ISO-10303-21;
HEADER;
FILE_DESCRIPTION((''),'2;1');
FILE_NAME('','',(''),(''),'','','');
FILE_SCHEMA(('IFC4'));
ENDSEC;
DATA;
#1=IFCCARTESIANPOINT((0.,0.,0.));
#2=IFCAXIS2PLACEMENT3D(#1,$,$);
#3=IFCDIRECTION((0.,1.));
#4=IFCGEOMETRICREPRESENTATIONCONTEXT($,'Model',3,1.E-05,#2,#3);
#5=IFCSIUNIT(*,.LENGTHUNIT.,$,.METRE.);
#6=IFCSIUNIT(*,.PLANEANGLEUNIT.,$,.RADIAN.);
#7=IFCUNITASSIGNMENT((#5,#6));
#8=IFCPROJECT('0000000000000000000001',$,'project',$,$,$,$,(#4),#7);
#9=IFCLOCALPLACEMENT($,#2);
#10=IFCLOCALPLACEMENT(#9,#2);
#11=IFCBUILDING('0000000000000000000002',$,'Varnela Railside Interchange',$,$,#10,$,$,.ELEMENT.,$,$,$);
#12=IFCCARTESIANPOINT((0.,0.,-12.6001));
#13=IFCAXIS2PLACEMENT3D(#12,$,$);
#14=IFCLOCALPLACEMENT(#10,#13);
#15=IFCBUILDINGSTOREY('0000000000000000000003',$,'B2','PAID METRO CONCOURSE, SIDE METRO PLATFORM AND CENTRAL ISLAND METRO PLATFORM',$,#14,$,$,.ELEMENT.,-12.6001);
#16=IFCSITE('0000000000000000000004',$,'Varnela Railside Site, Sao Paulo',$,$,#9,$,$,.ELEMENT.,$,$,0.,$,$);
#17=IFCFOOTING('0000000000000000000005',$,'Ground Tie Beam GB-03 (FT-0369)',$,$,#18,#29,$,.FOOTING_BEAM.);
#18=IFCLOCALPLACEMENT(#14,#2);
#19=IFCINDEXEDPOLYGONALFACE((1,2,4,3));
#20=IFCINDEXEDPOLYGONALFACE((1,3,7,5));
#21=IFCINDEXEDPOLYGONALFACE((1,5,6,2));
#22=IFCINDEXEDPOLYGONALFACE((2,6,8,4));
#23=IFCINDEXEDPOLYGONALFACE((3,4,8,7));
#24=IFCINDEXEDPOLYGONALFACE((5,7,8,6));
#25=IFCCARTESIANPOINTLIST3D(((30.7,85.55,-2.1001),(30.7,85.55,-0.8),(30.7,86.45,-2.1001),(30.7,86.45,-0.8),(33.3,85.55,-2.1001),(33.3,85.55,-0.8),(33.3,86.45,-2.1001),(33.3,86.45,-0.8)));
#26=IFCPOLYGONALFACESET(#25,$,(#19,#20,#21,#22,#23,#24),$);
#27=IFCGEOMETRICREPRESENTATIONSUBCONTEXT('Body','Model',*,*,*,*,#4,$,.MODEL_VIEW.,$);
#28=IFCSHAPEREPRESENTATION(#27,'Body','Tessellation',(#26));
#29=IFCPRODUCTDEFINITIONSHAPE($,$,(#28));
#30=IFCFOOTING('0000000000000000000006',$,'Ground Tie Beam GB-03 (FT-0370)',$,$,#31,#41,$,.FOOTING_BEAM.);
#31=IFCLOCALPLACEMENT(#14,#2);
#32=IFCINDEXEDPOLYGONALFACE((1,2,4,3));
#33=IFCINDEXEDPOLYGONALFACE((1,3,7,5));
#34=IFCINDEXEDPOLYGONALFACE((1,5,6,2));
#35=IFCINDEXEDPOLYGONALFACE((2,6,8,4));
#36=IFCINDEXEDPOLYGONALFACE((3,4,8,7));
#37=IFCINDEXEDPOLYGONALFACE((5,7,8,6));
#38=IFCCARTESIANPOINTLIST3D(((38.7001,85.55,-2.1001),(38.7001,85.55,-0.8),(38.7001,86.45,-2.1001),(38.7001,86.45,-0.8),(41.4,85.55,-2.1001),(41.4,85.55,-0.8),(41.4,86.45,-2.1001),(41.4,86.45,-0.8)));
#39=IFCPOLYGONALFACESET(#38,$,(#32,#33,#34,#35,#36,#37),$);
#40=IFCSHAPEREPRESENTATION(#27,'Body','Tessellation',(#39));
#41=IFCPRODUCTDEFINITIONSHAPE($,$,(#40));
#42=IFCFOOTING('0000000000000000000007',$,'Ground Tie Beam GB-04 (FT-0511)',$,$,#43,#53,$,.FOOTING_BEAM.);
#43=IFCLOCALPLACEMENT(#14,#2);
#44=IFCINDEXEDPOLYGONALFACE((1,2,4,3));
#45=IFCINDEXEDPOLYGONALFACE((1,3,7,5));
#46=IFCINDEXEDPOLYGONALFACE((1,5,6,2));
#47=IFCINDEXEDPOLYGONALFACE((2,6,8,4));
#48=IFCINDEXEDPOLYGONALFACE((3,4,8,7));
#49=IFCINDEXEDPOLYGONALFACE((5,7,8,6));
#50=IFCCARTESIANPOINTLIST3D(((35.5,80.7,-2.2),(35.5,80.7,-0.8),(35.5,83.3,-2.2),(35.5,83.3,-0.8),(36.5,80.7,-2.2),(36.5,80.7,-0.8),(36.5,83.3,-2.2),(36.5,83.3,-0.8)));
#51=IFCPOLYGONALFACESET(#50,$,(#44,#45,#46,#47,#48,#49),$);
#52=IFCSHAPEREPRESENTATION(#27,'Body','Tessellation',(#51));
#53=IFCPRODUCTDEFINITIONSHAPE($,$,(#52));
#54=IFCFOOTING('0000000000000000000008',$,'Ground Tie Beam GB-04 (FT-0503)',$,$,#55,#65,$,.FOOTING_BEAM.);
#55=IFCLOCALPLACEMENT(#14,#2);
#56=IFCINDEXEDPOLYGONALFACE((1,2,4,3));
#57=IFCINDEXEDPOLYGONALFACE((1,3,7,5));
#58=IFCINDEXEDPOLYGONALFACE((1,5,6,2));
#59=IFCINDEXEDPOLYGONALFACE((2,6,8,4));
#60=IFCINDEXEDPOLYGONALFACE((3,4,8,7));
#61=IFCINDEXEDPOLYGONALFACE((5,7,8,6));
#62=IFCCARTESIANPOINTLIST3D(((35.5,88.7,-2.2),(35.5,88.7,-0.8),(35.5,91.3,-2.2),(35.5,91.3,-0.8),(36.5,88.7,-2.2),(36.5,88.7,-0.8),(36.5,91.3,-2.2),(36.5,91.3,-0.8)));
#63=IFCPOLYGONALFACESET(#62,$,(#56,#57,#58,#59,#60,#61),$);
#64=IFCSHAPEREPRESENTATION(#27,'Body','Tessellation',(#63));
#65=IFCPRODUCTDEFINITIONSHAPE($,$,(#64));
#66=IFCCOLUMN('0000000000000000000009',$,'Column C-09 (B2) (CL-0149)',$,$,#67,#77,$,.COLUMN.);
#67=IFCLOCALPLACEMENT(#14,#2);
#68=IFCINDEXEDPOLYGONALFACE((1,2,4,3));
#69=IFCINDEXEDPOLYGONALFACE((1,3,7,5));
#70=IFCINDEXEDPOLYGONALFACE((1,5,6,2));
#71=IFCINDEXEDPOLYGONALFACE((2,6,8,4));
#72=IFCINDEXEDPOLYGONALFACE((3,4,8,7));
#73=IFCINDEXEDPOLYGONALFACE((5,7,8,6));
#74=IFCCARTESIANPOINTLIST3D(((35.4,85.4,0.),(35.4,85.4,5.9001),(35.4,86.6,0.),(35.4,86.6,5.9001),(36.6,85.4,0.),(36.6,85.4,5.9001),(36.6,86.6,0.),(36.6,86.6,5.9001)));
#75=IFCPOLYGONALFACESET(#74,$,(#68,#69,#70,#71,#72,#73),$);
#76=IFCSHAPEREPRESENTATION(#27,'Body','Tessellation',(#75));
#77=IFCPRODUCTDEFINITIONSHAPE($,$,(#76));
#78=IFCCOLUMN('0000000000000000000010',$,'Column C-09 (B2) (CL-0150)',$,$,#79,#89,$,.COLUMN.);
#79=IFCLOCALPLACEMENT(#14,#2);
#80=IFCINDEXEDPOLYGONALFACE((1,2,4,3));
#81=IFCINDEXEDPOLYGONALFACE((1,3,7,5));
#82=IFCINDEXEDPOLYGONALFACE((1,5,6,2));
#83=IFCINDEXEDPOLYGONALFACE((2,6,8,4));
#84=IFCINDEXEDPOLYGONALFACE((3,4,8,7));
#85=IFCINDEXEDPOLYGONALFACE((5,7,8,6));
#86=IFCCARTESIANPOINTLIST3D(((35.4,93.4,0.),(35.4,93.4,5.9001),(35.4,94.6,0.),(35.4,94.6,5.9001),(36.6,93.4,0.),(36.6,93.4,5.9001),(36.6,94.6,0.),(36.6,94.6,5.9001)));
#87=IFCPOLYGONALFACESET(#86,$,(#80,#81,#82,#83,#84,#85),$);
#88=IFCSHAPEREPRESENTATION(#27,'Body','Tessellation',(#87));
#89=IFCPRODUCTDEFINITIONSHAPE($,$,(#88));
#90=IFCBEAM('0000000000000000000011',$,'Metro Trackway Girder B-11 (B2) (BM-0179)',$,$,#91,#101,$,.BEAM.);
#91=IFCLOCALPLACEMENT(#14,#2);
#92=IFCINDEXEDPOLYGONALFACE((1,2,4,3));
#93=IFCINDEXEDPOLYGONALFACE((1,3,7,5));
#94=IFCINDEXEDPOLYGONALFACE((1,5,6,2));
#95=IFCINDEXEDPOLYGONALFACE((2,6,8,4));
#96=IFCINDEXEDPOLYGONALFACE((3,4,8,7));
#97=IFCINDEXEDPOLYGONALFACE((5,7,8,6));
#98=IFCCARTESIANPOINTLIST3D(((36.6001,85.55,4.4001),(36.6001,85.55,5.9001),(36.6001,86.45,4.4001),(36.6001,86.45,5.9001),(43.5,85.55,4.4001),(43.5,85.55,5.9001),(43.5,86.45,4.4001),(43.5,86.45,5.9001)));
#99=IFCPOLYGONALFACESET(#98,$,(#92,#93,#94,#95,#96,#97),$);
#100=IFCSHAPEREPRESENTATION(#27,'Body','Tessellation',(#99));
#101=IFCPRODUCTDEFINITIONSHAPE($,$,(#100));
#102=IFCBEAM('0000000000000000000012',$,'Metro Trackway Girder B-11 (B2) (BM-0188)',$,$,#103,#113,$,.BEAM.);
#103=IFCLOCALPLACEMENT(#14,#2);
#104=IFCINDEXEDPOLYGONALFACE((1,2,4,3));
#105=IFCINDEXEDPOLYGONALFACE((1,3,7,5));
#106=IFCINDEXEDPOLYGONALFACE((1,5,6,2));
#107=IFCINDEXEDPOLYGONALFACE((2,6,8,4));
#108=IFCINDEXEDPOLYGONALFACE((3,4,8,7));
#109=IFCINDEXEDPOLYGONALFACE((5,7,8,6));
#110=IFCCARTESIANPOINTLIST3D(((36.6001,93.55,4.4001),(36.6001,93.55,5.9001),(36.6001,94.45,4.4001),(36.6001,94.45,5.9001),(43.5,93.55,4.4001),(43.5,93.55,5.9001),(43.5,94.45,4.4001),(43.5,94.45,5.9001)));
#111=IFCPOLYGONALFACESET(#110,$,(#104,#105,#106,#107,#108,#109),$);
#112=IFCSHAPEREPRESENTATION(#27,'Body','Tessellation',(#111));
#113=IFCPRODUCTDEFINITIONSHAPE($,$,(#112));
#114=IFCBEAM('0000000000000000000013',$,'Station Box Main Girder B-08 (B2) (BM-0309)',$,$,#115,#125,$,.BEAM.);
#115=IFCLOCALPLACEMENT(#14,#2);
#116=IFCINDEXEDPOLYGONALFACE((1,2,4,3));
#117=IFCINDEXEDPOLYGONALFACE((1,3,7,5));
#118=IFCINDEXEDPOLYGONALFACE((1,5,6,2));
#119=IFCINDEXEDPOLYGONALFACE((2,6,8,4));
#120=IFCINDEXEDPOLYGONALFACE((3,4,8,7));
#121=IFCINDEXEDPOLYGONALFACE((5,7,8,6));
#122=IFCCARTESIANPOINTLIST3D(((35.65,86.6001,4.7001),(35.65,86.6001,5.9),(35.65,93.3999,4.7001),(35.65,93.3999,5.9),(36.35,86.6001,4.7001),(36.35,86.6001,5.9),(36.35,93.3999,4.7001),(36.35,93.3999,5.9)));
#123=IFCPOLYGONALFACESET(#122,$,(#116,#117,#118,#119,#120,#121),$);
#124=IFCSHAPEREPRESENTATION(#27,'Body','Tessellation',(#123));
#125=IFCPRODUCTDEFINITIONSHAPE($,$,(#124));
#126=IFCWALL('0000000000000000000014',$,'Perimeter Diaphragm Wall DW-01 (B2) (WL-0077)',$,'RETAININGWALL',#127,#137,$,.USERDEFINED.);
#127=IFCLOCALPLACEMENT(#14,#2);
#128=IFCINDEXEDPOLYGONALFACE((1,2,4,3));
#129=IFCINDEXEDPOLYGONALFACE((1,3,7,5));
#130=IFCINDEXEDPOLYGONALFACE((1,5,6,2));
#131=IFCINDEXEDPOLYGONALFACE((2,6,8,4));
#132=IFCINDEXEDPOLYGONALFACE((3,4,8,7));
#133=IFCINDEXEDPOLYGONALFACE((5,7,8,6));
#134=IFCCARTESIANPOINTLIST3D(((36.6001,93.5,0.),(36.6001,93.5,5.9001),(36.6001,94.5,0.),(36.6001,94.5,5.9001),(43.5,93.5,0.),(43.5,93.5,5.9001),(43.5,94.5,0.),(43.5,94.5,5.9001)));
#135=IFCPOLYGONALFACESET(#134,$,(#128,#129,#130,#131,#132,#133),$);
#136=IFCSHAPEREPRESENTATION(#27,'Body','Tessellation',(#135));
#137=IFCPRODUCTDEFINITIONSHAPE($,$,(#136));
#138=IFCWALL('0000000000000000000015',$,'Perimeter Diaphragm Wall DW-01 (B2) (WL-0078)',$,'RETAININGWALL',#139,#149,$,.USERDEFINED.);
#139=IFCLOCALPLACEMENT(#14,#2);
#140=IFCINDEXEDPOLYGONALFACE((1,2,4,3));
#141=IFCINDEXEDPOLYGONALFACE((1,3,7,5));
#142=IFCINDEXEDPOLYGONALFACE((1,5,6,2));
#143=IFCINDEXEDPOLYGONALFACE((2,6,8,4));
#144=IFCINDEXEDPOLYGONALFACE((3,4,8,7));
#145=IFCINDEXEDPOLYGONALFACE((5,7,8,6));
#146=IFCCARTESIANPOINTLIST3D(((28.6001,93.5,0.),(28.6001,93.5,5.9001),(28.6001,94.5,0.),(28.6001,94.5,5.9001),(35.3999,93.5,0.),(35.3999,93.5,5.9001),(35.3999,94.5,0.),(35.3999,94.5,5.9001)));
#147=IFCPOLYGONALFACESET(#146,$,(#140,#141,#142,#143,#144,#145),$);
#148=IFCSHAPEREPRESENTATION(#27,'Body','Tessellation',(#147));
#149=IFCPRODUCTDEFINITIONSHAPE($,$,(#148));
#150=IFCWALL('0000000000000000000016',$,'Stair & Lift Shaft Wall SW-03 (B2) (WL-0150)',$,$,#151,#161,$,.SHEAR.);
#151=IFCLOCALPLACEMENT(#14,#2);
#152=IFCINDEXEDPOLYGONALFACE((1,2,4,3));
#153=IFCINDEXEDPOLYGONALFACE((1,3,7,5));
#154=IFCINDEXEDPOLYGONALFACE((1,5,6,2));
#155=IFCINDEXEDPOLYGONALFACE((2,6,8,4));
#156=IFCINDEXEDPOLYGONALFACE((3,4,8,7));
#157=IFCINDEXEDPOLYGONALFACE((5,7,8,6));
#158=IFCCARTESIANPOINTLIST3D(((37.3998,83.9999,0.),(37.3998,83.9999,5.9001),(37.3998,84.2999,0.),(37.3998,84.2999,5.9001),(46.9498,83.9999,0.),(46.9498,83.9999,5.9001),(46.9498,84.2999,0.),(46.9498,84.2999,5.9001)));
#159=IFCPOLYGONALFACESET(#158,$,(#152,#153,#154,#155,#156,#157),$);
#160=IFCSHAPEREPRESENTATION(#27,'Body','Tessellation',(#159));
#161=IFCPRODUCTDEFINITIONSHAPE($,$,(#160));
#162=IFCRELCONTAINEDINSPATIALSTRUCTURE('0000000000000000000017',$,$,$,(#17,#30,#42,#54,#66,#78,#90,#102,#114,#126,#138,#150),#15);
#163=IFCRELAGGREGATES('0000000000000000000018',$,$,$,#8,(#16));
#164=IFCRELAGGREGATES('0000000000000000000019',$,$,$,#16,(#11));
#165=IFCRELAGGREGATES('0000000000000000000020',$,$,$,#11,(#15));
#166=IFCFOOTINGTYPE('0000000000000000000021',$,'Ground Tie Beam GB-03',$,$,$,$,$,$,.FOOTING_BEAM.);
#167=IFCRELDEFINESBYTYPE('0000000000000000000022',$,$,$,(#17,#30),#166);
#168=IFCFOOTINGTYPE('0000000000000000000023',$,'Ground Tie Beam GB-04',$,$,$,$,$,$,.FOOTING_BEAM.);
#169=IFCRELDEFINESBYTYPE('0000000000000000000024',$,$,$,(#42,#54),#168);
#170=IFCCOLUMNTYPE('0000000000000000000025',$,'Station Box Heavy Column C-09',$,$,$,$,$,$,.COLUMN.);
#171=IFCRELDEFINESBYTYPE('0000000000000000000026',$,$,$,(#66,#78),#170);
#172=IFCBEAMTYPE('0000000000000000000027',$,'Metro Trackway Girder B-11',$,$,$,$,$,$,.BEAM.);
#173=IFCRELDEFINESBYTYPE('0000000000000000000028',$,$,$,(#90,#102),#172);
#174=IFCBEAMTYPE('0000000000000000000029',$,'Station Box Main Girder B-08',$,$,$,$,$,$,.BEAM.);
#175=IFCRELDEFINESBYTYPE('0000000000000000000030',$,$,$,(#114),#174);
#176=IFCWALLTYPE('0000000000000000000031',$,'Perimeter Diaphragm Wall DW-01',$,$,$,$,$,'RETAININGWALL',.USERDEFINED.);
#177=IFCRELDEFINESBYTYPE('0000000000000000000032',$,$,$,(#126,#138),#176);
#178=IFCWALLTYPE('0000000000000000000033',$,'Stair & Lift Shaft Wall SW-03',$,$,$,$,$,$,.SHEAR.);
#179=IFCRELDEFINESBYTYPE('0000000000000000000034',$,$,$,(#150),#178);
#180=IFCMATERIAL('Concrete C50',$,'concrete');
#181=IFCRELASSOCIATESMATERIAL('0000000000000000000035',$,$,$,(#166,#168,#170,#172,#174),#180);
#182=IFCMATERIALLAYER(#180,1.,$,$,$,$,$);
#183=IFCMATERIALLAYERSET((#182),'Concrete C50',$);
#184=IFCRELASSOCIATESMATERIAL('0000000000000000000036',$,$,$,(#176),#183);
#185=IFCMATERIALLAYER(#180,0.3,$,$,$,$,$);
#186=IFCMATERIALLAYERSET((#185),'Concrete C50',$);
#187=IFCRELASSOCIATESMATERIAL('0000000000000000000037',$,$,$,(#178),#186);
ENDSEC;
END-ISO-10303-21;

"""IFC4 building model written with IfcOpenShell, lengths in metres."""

from ifc_helpers import new_model, si_unit, direction, frame, frame_2d, origin, origin_2d, place, context, subcontext, project, spatial, rectangle, extrude, material, layer, layer_set, material_profile, profile_set, type_object, element, save


model = new_model("IFC4")

# Units and contexts
model_context = context("Model", 3, precision=1e-05, world=origin(), true_north=direction((0.0, 1.0)))
body_context = subcontext(model_context, "Body", "Model", "MODEL_VIEW")
ifc_project = project(units=[si_unit("LENGTHUNIT", "METRE"), si_unit("PLANEANGLEUNIT", "RADIAN")], contexts=[model_context])

# Site, building, storey
site_placement = place(None, origin())
site = spatial("IfcSite", under=ifc_project, at=site_placement, Name="Varnela Railside Site, Sao Paulo", CompositionType="ELEMENT", RefElevation=0.0)
building_placement = place(site_placement, origin())
building = spatial("IfcBuilding", under=site, at=building_placement, Name="Varnela Railside Interchange", CompositionType="ELEMENT")
storey_placement = place(building_placement, frame((0.0, 0.0, -12.6001)))
storey = spatial("IfcBuildingStorey", under=building, at=storey_placement, Name="B2", Description="PAID METRO CONCOURSE, SIDE METRO PLATFORM AND CENTRAL ISLAND METRO PLATFORM", CompositionType="ELEMENT", Elevation=-12.6001)

# Footings
ifc_material_1 = material(Name="Concrete C50", Category="concrete")
footing_type_1 = type_object("IfcFootingType", Name="Ground Tie Beam GB-03", PredefinedType="FOOTING_BEAM", material=ifc_material_1)
footing_1_placement = place(storey_placement, frame((32.0, 86.0, -2.1001), z_axis=(0.0, 0.0, 1.0), x_axis=(1.0, 0.0, 0.0)))
element("IfcFooting", 1, at=footing_1_placement, inside=storey, type_object=footing_type_1, Name="Ground Tie Beam GB-03 (FT-0369)", PredefinedType="FOOTING_BEAM", context=body_context, shape_type="SweptSolid", body=[
    extrude(rectangle(XDim=2.6001, YDim=0.8999, at=origin_2d()), origin(), (0.0, 0.0, 1.0), 1.3),
])
footing_2_placement = place(storey_placement, frame((40.05, 86.0, -2.1001), z_axis=(0.0, 0.0, 1.0), x_axis=(1.0, 0.0, 0.0)))
element("IfcFooting", 2, at=footing_2_placement, inside=storey, type_object=footing_type_1, Name="Ground Tie Beam GB-03 (FT-0370)", PredefinedType="FOOTING_BEAM", context=body_context, shape_type="SweptSolid", body=[
    extrude(rectangle(XDim=2.7, YDim=0.8999, at=origin_2d()), origin(), (0.0, 0.0, 1.0), 1.3),
])
footing_type_2 = type_object("IfcFootingType", Name="Ground Tie Beam GB-04", PredefinedType="FOOTING_BEAM", material=ifc_material_1)
for number, where, z_axis, x_axis, name in (
    (3, (36.0, 82.0, -2.2), (0.0, 0.0, 1.0), (1.0, 0.0, 0.0), "Ground Tie Beam GB-04 (FT-0511)"),
    (4, (36.0, 90.0, -2.2), (0.0, 0.0, 1.0), (1.0, 0.0, 0.0), "Ground Tie Beam GB-04 (FT-0503)"),
):
    element("IfcFooting", number, at=place(storey_placement, frame(where, z_axis=z_axis, x_axis=x_axis)), inside=storey, type_object=footing_type_2, Name=name, PredefinedType="FOOTING_BEAM", context=body_context, shape_type="SweptSolid", body=[
        extrude(rectangle(XDim=1.0, YDim=2.6001, at=origin_2d()), origin(), (0.0, 0.0, 1.0), 1.3999),
    ])

# Columns
ifc_material_profile_1 = material_profile(ifc_material_1, rectangle(XDim=1.2, YDim=1.2, at=origin_2d()), Name="RC 1200x1200")
ifc_profile_set_1 = profile_set([ifc_material_profile_1], Name="Concrete C50")
column_type = type_object("IfcColumnType", Name="Station Box Heavy Column C-09", PredefinedType="COLUMN", material=ifc_profile_set_1)
for number, where, z_axis, x_axis, name in (
    (5, (36.0, 86.0, 0.0), (0.0, 0.0, 1.0), (1.0, 0.0, 0.0), "Column C-09 (B2) (CL-0149)"),
    (6, (36.0, 94.0, 0.0), (0.0, 0.0, 1.0), (1.0, 0.0, 0.0), "Column C-09 (B2) (CL-0150)"),
):
    element("IfcColumn", number, at=place(storey_placement, frame(where, z_axis=z_axis, x_axis=x_axis)), inside=storey, type_object=column_type, Name=name, PredefinedType="COLUMN", context=body_context, shape_type="SweptSolid", body=[
        extrude(rectangle(XDim=1.2, YDim=1.2, at=origin_2d()), origin(), (0.0, 0.0, 1.0), 5.9001),
    ])

# Beams
ifc_material_profile_2 = material_profile(ifc_material_1, rectangle(XDim=0.8999, YDim=1.5, at=origin_2d()), Name="RC 900x1500")
ifc_profile_set_2 = profile_set([ifc_material_profile_2], Name="Concrete C50")
beam_type_1 = type_object("IfcBeamType", Name="Metro Trackway Girder B-11", PredefinedType="BEAM", material=ifc_profile_set_2)
for number, where, z_axis, x_axis, name in (
    (7, (36.6001, 86.0, 5.1501), (1.0, 0.0, 0.0), (0.0, 1.0, 0.0), "Metro Trackway Girder B-11 (B2) (BM-0179)"),
    (8, (36.6001, 94.0, 5.1501), (1.0, 0.0, 0.0), (0.0, 1.0, 0.0), "Metro Trackway Girder B-11 (B2) (BM-0188)"),
):
    element("IfcBeam", number, at=place(storey_placement, frame(where, z_axis=z_axis, x_axis=x_axis)), inside=storey, type_object=beam_type_1, Name=name, PredefinedType="BEAM", context=body_context, shape_type="SweptSolid", body=[
        extrude(rectangle(XDim=0.8999, YDim=1.5, at=origin_2d()), origin(), (0.0, 0.0, 1.0), 6.8999),
    ])
ifc_material_profile_3 = material_profile(ifc_material_1, rectangle(XDim=0.7, YDim=1.2, at=origin_2d()), Name="RC 700x1200")
ifc_profile_set_3 = profile_set([ifc_material_profile_3], Name="Concrete C50")
beam_type_2 = type_object("IfcBeamType", Name="Station Box Main Girder B-08", PredefinedType="BEAM", material=ifc_profile_set_3)
beam_placement = place(storey_placement, frame((36.0, 86.6001, 5.3), z_axis=(0.0, 1.0, 0.0), x_axis=(-1.0, 0.0, 0.0)))
element("IfcBeam", 9, at=beam_placement, inside=storey, type_object=beam_type_2, Name="Station Box Main Girder B-08 (B2) (BM-0309)", PredefinedType="BEAM", context=body_context, shape_type="SweptSolid", body=[
    extrude(rectangle(XDim=0.7, YDim=1.2, at=origin_2d()), origin(), (0.0, 0.0, 1.0), 6.7998),
])

# Walls
ifc_layer_1 = layer(ifc_material_1, 1.0)
ifc_layer_set_1 = layer_set([ifc_layer_1], Name="Concrete C50")
wall_type_1 = type_object("IfcWallType", Name="Perimeter Diaphragm Wall DW-01", ElementType="RETAININGWALL", PredefinedType="USERDEFINED", material=ifc_layer_set_1)
wall_1_placement = place(storey_placement, frame((43.5, 94.0, 0.0), z_axis=(0.0, 0.0, 1.0), x_axis=(-1.0, 0.0, 0.0)))
element("IfcWall", 10, at=wall_1_placement, inside=storey, type_object=wall_type_1, Name="Perimeter Diaphragm Wall DW-01 (B2) (WL-0077)", ObjectType="RETAININGWALL", PredefinedType="USERDEFINED", context=body_context, shape_type="SweptSolid", body=[
    extrude(rectangle(XDim=6.8999, YDim=1.0, at=frame_2d((3.45, 0.0))), origin(), (0.0, 0.0, 1.0), 5.9001),
])
wall_2_placement = place(storey_placement, frame((35.3999, 94.0, 0.0), z_axis=(0.0, 0.0, 1.0), x_axis=(-1.0, 0.0, 0.0)))
element("IfcWall", 11, at=wall_2_placement, inside=storey, type_object=wall_type_1, Name="Perimeter Diaphragm Wall DW-01 (B2) (WL-0078)", ObjectType="RETAININGWALL", PredefinedType="USERDEFINED", context=body_context, shape_type="SweptSolid", body=[
    extrude(rectangle(XDim=6.7998, YDim=1.0, at=frame_2d((3.3999, 0.0))), origin(), (0.0, 0.0, 1.0), 5.9001),
])
ifc_layer_2 = layer(ifc_material_1, 0.3)
ifc_layer_set_2 = layer_set([ifc_layer_2], Name="Concrete C50")
wall_type_2 = type_object("IfcWallType", Name="Stair & Lift Shaft Wall SW-03", PredefinedType="SHEAR", material=ifc_layer_set_2)
wall_3_placement = place(storey_placement, frame((37.3999, 84.1499, 0.0), z_axis=(0.0, 0.0, 1.0), x_axis=(1.0, 0.0, 0.0)))
element("IfcWall", 12, at=wall_3_placement, inside=storey, type_object=wall_type_2, Name="Stair & Lift Shaft Wall SW-03 (B2) (WL-0150)", PredefinedType="SHEAR", context=body_context, shape_type="SweptSolid", body=[
    extrude(rectangle(XDim=9.55, YDim=0.3, at=frame_2d((4.7749, 0.0))), origin(), (0.0, 0.0, 1.0), 5.9001),
])

save(model, "model.ifc")
